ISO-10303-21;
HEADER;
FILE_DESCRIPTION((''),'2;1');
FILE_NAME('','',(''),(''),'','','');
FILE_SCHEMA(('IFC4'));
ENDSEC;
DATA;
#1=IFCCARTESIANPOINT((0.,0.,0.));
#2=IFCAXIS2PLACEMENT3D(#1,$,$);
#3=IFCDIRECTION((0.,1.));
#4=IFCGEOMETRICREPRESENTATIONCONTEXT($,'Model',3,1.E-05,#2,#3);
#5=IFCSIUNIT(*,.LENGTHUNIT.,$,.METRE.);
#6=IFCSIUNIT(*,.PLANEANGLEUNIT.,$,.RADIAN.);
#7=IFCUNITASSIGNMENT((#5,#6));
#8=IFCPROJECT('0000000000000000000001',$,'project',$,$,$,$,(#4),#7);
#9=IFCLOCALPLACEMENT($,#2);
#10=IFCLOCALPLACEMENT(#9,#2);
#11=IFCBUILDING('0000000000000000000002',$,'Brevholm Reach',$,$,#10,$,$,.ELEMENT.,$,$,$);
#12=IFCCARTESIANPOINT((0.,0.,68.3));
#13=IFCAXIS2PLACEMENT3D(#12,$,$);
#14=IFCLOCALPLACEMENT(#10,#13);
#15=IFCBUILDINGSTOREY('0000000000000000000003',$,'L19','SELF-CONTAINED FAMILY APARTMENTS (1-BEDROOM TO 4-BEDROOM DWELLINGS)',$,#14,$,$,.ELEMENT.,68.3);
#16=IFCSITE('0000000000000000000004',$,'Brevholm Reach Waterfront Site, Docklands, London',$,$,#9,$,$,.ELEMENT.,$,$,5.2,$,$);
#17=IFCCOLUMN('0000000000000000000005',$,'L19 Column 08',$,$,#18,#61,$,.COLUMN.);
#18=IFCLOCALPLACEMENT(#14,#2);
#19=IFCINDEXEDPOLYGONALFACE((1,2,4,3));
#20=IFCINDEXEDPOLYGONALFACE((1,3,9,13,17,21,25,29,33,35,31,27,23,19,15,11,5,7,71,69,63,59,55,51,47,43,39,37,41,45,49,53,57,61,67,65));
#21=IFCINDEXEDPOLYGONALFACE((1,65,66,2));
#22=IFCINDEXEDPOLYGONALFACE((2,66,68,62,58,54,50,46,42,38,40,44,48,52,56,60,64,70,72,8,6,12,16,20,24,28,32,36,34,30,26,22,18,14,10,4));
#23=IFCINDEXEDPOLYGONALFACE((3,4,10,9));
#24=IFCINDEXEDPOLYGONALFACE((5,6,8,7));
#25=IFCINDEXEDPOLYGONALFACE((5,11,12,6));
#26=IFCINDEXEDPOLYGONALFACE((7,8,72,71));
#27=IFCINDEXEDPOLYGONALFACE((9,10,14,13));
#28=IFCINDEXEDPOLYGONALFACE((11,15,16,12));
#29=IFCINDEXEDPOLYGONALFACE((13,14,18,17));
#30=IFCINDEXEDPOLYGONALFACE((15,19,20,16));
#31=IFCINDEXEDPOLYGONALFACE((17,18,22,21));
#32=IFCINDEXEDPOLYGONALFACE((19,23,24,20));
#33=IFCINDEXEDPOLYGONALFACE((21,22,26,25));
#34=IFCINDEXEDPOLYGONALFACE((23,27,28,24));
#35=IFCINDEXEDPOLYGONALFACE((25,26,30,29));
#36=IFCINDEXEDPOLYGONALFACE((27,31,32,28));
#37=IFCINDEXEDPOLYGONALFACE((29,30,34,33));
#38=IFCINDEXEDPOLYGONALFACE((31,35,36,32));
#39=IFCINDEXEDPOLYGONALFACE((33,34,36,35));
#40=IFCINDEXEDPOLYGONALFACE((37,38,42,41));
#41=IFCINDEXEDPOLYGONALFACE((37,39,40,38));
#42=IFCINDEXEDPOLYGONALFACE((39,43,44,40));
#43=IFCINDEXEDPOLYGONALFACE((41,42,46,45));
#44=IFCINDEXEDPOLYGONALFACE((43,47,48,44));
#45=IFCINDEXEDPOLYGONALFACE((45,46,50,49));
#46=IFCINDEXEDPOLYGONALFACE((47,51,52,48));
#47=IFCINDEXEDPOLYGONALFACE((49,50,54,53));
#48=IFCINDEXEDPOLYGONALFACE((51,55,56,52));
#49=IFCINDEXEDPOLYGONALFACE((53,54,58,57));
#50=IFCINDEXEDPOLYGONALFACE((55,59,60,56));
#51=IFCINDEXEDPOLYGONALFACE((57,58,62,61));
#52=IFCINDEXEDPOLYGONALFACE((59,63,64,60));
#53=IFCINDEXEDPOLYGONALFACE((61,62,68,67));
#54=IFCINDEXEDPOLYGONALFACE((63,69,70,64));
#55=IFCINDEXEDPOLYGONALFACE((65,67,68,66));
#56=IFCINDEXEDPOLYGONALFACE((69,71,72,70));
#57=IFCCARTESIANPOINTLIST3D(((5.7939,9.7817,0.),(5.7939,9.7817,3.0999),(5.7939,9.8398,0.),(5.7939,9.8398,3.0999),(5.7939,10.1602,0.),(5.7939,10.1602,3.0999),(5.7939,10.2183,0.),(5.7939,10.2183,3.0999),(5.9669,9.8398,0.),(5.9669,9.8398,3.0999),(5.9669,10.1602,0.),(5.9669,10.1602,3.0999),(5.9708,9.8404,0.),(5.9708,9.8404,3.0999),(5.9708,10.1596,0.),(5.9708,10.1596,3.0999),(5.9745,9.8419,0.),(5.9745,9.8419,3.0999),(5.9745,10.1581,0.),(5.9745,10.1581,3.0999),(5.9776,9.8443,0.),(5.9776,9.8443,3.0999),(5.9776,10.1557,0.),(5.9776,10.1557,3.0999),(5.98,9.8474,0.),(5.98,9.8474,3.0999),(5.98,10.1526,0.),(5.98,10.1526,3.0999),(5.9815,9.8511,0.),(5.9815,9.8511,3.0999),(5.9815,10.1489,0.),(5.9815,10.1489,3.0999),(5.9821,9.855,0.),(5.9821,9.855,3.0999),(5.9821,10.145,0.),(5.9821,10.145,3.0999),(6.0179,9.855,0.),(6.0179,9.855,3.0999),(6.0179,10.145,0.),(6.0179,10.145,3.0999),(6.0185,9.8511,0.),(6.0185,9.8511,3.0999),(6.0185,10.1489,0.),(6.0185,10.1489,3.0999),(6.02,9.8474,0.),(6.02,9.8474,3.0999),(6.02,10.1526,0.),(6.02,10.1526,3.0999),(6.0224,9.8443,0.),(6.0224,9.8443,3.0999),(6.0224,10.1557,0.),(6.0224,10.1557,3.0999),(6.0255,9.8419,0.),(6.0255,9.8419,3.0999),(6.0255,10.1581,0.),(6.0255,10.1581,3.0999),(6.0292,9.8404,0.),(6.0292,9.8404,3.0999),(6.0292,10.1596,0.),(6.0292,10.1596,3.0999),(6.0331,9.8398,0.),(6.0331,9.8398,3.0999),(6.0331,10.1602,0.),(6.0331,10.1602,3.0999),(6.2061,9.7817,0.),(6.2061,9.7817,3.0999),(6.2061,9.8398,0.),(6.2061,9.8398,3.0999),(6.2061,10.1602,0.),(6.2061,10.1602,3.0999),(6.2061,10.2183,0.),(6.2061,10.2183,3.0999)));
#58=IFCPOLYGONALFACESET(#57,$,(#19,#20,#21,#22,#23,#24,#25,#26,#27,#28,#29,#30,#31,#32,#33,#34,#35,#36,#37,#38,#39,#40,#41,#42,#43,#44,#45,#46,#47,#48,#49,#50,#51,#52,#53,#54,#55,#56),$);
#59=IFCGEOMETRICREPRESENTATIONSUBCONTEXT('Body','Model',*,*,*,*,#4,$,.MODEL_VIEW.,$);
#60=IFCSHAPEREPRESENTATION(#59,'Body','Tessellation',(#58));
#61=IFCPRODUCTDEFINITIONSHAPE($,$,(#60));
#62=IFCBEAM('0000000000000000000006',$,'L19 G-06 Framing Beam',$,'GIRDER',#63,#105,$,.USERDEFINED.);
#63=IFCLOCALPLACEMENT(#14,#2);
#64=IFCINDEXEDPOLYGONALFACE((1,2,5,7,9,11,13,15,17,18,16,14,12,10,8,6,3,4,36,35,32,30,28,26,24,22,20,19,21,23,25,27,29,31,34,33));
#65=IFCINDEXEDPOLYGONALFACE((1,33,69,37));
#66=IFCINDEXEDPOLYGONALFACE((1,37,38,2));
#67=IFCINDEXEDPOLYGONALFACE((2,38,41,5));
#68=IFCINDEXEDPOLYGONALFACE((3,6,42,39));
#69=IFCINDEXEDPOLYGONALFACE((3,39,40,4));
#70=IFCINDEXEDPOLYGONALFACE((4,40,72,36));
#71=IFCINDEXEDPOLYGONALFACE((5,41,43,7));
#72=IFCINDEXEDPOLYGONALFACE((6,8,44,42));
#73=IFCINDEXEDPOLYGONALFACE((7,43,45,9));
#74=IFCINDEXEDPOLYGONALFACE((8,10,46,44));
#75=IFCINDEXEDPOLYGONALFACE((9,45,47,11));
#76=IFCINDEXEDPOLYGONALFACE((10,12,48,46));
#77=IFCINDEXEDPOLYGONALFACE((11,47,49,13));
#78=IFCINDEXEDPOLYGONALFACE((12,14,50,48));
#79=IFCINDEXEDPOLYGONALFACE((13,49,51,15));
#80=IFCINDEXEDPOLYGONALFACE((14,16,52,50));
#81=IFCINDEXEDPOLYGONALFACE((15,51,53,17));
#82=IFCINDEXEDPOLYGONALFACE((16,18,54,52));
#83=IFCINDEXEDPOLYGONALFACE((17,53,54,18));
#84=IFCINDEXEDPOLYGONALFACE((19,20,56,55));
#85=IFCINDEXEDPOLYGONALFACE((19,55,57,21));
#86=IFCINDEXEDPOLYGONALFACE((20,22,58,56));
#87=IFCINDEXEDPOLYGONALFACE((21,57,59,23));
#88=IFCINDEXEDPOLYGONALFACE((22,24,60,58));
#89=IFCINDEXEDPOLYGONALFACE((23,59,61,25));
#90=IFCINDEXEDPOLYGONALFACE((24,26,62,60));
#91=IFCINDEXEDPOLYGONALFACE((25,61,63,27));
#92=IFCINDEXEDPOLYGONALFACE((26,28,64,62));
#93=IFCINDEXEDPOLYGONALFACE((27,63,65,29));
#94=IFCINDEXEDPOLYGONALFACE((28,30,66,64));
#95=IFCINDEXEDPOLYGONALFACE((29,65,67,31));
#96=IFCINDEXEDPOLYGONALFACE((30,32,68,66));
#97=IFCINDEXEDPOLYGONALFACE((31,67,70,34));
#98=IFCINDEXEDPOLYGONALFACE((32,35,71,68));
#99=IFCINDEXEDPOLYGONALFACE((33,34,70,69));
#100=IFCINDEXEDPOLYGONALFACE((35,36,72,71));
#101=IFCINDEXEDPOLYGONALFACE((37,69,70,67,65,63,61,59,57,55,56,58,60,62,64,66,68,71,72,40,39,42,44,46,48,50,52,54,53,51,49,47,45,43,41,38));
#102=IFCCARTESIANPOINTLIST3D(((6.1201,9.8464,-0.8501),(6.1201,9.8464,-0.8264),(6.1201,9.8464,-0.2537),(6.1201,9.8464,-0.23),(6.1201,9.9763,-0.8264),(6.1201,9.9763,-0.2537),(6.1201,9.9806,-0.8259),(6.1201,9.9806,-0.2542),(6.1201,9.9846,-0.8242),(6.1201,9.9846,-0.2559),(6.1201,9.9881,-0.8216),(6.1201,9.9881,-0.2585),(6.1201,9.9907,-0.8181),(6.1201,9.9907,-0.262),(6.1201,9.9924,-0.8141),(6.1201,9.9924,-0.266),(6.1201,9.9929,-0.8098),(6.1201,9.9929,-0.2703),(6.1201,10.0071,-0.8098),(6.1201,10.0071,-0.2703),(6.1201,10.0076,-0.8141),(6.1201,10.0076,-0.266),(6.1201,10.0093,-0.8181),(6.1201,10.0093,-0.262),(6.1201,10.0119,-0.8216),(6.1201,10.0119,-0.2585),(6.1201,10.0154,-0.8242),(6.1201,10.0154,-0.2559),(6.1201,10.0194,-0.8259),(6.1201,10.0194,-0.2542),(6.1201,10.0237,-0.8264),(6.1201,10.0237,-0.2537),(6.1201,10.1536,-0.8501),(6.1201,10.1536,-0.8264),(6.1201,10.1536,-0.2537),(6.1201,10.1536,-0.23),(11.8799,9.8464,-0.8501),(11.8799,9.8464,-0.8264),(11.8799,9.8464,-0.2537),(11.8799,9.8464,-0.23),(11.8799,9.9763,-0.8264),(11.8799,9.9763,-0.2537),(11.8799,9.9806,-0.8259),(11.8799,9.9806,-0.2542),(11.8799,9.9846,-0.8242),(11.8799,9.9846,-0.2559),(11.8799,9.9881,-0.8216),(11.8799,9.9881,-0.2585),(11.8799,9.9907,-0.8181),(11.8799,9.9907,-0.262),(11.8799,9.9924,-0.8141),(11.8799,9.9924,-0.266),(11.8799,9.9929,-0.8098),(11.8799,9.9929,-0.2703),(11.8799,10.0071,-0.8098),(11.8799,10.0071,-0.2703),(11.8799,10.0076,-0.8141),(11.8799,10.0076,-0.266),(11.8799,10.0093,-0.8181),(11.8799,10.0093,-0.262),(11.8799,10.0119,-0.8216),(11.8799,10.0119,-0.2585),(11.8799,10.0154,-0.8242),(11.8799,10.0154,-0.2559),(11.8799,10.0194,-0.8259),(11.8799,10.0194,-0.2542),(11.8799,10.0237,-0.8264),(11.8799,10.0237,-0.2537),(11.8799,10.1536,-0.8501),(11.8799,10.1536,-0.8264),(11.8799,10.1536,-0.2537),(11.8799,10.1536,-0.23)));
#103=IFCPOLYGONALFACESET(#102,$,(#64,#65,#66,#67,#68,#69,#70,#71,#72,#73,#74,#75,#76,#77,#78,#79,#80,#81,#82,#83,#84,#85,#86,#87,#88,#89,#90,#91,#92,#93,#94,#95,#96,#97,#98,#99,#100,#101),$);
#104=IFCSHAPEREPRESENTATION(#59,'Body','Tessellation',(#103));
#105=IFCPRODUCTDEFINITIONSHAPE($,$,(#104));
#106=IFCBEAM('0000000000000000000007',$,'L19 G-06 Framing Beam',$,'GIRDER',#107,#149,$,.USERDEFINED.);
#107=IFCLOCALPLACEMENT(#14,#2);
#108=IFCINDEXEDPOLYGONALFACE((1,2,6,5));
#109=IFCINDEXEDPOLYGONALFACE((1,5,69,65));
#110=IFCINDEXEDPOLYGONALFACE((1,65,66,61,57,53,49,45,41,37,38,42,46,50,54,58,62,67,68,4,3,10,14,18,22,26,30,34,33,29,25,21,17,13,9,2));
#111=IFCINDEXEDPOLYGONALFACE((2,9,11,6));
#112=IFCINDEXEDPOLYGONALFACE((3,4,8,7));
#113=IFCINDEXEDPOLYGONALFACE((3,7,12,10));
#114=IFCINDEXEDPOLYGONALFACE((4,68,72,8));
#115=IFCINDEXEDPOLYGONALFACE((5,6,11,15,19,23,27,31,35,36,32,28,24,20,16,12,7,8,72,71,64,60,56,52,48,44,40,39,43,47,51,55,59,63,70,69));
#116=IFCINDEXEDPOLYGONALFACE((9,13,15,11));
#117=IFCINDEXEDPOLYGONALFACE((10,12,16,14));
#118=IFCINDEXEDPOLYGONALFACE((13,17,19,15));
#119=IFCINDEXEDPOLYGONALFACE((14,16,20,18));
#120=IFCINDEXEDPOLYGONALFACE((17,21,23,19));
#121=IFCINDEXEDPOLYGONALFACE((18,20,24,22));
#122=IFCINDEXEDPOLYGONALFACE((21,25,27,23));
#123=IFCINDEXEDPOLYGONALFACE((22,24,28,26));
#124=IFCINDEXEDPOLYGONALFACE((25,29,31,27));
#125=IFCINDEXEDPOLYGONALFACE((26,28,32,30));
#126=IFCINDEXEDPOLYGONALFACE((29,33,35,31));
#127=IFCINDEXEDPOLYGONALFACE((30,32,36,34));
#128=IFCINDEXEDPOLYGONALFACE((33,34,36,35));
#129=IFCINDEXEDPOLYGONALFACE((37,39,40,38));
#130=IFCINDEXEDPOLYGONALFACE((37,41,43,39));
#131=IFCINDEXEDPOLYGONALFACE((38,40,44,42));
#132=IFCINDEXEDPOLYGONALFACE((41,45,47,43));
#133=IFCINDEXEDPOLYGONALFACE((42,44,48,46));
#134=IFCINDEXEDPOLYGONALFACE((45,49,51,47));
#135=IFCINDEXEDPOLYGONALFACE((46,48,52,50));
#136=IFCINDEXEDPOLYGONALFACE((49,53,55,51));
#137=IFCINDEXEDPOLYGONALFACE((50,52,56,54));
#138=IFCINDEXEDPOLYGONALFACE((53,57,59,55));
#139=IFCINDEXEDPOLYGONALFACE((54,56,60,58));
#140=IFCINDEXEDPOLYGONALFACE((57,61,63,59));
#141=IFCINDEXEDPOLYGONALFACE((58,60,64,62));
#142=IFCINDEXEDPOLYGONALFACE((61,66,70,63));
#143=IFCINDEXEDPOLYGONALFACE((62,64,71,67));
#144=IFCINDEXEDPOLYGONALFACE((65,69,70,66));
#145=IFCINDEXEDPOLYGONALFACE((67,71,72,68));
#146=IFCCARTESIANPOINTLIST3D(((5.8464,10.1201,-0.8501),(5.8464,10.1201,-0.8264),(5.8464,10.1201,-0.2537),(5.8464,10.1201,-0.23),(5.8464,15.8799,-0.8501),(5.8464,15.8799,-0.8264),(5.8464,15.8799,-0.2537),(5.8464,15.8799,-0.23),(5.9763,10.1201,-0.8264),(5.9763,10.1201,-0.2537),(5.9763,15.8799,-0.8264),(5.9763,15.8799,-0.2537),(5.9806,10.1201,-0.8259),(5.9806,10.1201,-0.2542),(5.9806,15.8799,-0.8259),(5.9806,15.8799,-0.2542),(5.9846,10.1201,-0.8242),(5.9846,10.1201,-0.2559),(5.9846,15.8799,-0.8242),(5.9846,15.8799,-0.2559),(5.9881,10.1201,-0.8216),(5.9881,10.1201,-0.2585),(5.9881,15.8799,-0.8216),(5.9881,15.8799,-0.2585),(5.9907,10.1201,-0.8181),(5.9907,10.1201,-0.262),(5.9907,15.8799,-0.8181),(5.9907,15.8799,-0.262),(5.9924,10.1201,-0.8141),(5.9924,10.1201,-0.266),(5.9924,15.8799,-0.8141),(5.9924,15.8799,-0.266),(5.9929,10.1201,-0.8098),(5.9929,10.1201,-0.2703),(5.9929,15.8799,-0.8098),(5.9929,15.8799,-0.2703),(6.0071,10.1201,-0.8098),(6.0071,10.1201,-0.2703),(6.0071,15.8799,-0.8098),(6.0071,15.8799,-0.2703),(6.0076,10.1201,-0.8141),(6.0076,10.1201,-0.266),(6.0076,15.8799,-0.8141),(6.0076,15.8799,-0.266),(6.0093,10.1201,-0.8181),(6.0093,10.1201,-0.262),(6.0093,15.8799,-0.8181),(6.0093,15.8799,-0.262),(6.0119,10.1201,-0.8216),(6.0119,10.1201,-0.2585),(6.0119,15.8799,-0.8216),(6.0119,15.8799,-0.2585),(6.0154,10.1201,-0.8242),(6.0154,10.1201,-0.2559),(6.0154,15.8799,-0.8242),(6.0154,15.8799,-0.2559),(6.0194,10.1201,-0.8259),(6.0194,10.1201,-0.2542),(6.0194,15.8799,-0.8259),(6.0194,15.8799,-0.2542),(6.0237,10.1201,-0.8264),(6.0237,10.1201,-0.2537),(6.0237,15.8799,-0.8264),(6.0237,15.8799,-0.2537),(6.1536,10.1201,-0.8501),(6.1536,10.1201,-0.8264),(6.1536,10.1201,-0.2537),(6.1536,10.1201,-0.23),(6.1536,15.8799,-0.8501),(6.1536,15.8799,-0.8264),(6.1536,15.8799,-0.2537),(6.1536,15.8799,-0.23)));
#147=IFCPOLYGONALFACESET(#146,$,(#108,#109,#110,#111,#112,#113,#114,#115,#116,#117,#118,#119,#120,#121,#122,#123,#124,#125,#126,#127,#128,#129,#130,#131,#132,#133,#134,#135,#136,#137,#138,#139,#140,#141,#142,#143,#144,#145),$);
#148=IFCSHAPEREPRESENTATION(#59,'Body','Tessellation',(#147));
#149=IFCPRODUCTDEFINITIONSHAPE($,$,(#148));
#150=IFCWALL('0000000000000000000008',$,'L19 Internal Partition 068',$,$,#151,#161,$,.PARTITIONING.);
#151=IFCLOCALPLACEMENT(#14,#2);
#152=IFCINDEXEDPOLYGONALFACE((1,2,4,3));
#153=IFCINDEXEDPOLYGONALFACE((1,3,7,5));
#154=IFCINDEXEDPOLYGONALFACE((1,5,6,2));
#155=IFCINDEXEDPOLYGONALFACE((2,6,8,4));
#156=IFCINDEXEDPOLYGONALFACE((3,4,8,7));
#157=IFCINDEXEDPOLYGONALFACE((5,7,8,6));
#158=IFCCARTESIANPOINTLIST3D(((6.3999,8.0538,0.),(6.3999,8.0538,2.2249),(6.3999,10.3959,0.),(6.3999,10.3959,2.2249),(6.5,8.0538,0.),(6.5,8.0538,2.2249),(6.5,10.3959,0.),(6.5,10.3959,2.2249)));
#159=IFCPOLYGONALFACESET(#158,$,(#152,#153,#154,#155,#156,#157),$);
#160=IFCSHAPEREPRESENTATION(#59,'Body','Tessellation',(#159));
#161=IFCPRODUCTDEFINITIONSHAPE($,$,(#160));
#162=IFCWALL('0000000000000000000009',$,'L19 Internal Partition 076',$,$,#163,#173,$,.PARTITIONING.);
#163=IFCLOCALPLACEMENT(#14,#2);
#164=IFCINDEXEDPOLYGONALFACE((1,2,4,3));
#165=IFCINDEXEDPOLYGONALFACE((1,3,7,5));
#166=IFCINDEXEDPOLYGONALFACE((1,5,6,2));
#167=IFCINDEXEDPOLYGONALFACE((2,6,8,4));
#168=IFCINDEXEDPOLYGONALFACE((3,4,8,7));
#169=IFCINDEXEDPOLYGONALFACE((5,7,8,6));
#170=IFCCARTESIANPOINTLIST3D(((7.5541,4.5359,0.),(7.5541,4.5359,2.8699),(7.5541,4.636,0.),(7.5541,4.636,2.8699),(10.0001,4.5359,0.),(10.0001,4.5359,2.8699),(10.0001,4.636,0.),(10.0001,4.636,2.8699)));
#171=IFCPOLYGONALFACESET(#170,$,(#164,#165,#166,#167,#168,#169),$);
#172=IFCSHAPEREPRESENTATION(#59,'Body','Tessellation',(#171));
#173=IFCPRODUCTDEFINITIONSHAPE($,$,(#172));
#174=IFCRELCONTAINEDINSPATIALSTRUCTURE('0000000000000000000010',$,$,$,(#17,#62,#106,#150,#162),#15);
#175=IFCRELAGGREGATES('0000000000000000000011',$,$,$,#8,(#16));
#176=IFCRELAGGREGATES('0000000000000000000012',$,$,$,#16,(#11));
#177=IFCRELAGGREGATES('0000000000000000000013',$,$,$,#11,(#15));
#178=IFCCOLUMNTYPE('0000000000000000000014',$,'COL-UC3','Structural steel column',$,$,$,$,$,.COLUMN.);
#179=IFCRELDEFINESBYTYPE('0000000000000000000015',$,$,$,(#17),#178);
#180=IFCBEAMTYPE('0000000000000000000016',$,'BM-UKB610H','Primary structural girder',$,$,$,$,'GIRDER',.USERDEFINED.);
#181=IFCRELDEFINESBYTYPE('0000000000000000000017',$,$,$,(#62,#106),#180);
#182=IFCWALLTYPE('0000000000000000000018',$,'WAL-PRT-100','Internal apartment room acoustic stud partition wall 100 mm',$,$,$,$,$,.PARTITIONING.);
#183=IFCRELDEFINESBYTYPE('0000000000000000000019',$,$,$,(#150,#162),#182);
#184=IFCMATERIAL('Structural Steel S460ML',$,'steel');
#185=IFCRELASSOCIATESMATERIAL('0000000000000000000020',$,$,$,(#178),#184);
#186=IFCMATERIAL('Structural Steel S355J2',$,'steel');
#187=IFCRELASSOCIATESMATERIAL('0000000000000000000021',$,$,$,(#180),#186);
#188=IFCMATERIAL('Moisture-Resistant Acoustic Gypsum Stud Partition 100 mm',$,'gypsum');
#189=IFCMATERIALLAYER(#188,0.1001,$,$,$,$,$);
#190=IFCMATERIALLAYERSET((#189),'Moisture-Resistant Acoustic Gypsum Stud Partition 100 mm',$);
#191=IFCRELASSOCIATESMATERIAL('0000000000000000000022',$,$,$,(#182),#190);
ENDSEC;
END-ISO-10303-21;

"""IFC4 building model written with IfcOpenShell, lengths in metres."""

from ifc_helpers import new_model, si_unit, direction, frame, frame_2d, origin, origin_2d, place, context, subcontext, project, spatial, rectangle, i_section, extrude, material, layer, layer_set, material_profile, profile_set, type_object, element, save


model = new_model("IFC4")

# Units and contexts
model_context = context("Model", 3, precision=1e-05, world=origin(), true_north=direction((0.0, 1.0)))
body_context = subcontext(model_context, "Body", "Model", "MODEL_VIEW")
ifc_project = project(units=[si_unit("LENGTHUNIT", "METRE"), si_unit("PLANEANGLEUNIT", "RADIAN")], contexts=[model_context])

# Site, building, storey
site_placement = place(None, origin())
site = spatial("IfcSite", under=ifc_project, at=site_placement, Name="Brevholm Reach Waterfront Site, Docklands, London", CompositionType="ELEMENT", RefElevation=5.2)
building_placement = place(site_placement, origin())
building = spatial("IfcBuilding", under=site, at=building_placement, Name="Brevholm Reach", CompositionType="ELEMENT")
storey_placement = place(building_placement, frame((0.0, 0.0, 68.3)))
storey = spatial("IfcBuildingStorey", under=building, at=storey_placement, Name="L19", Description="SELF-CONTAINED FAMILY APARTMENTS (1-BEDROOM TO 4-BEDROOM DWELLINGS)", CompositionType="ELEMENT", Elevation=68.3)

# Column
ifc_material_1 = material(Name="Structural Steel S460ML", Category="steel")
ifc_material_profile_1 = material_profile(ifc_material_1, i_section(OverallWidth=0.4121, OverallDepth=0.4365, WebThickness=0.0359, FlangeThickness=0.0581, FilletRadius=0.0151, at=origin_2d()), Name="UKC 356x406x467")
ifc_profile_set_1 = profile_set([ifc_material_profile_1], Name="Structural Steel S460ML")
column_type = type_object("IfcColumnType", Name="COL-UC3", Description="Structural steel column", PredefinedType="COLUMN", material=ifc_profile_set_1)
column_placement = place(storey_placement, frame((6.0, 10.0, 0.0), z_axis=(0.0, 0.0, 1.0), x_axis=(1.0, 0.0, 0.0)))
element("IfcColumn", 1, at=column_placement, inside=storey, type_object=column_type, Name="L19 Column 08", PredefinedType="COLUMN", context=body_context, shape_type="SweptSolid", body=[
    extrude(i_section(OverallWidth=0.4121, OverallDepth=0.4365, WebThickness=0.0359, FlangeThickness=0.0581, FilletRadius=0.0151, at=origin_2d()), origin(), (0.0, 0.0, 1.0), 3.0999),
])

# Beams
ifc_material_2 = material(Name="Structural Steel S355J2", Category="steel")
ifc_material_profile_2 = material_profile(ifc_material_2, i_section(OverallWidth=0.3071, OverallDepth=0.6201, WebThickness=0.0142, FlangeThickness=0.0237, FilletRadius=0.0166, at=origin_2d()), Name="UKB 610x305x179")
ifc_profile_set_2 = profile_set([ifc_material_profile_2], Name="Structural Steel S355J2")
beam_type = type_object("IfcBeamType", Name="BM-UKB610H", Description="Primary structural girder", ElementType="GIRDER", PredefinedType="USERDEFINED", material=ifc_profile_set_2)
for number, where, z_axis, x_axis, name in (
    (2, (6.1201, 10.0, -0.54), (1.0, 0.0, 0.0), (0.0, 1.0, 0.0), "L19 G-06 Framing Beam"),
    (3, (6.0, 10.1201, -0.54), (0.0, 1.0, 0.0), (-1.0, 0.0, 0.0), "L19 G-06 Framing Beam"),
):
    element("IfcBeam", number, at=place(storey_placement, frame(where, z_axis=z_axis, x_axis=x_axis)), inside=storey, type_object=beam_type, Name=name, ObjectType="GIRDER", PredefinedType="USERDEFINED", context=body_context, shape_type="SweptSolid", body=[
        extrude(i_section(OverallWidth=0.3071, OverallDepth=0.6201, WebThickness=0.0142, FlangeThickness=0.0237, FilletRadius=0.0166, at=origin_2d()), origin(), (0.0, 0.0, 1.0), 5.7598),
    ])

# Walls
ifc_material_3 = material(Name="Moisture-Resistant Acoustic Gypsum Stud Partition 100 mm", Category="gypsum")
ifc_layer_1 = layer(ifc_material_3, 0.1001)
ifc_layer_set_1 = layer_set([ifc_layer_1], Name="Moisture-Resistant Acoustic Gypsum Stud Partition 100 mm")
wall_type_1 = type_object("IfcWallType", Name="WAL-PRT-100", Description="Internal apartment room acoustic stud partition wall 100 mm", PredefinedType="PARTITIONING", material=ifc_layer_set_1)
wall_1_placement = place(storey_placement, frame((6.45, 8.054, 0.0), z_axis=(0.0, 0.0, 1.0), x_axis=(0.0, 1.0, 0.0)))
element("IfcWall", 4, at=wall_1_placement, inside=storey, type_object=wall_type_1, Name="L19 Internal Partition 068", PredefinedType="PARTITIONING", context=body_context, shape_type="SweptSolid", body=[
    extrude(rectangle(XDim=2.342, YDim=0.1001, at=frame_2d((1.1709, 0.0))), origin(), (0.0, 0.0, 1.0), 2.2249),
])
wall_2_placement = place(storey_placement, frame((7.554, 4.5859, 0.0), z_axis=(0.0, 0.0, 1.0), x_axis=(1.0, 0.0, 0.0)))
element("IfcWall", 5, at=wall_2_placement, inside=storey, type_object=wall_type_1, Name="L19 Internal Partition 076", PredefinedType="PARTITIONING", context=body_context, shape_type="SweptSolid", body=[
    extrude(rectangle(XDim=2.446, YDim=0.1001, at=frame_2d((1.2231, 0.0))), origin(), (0.0, 0.0, 1.0), 2.8699),
])

save(model, "model.ifc")
